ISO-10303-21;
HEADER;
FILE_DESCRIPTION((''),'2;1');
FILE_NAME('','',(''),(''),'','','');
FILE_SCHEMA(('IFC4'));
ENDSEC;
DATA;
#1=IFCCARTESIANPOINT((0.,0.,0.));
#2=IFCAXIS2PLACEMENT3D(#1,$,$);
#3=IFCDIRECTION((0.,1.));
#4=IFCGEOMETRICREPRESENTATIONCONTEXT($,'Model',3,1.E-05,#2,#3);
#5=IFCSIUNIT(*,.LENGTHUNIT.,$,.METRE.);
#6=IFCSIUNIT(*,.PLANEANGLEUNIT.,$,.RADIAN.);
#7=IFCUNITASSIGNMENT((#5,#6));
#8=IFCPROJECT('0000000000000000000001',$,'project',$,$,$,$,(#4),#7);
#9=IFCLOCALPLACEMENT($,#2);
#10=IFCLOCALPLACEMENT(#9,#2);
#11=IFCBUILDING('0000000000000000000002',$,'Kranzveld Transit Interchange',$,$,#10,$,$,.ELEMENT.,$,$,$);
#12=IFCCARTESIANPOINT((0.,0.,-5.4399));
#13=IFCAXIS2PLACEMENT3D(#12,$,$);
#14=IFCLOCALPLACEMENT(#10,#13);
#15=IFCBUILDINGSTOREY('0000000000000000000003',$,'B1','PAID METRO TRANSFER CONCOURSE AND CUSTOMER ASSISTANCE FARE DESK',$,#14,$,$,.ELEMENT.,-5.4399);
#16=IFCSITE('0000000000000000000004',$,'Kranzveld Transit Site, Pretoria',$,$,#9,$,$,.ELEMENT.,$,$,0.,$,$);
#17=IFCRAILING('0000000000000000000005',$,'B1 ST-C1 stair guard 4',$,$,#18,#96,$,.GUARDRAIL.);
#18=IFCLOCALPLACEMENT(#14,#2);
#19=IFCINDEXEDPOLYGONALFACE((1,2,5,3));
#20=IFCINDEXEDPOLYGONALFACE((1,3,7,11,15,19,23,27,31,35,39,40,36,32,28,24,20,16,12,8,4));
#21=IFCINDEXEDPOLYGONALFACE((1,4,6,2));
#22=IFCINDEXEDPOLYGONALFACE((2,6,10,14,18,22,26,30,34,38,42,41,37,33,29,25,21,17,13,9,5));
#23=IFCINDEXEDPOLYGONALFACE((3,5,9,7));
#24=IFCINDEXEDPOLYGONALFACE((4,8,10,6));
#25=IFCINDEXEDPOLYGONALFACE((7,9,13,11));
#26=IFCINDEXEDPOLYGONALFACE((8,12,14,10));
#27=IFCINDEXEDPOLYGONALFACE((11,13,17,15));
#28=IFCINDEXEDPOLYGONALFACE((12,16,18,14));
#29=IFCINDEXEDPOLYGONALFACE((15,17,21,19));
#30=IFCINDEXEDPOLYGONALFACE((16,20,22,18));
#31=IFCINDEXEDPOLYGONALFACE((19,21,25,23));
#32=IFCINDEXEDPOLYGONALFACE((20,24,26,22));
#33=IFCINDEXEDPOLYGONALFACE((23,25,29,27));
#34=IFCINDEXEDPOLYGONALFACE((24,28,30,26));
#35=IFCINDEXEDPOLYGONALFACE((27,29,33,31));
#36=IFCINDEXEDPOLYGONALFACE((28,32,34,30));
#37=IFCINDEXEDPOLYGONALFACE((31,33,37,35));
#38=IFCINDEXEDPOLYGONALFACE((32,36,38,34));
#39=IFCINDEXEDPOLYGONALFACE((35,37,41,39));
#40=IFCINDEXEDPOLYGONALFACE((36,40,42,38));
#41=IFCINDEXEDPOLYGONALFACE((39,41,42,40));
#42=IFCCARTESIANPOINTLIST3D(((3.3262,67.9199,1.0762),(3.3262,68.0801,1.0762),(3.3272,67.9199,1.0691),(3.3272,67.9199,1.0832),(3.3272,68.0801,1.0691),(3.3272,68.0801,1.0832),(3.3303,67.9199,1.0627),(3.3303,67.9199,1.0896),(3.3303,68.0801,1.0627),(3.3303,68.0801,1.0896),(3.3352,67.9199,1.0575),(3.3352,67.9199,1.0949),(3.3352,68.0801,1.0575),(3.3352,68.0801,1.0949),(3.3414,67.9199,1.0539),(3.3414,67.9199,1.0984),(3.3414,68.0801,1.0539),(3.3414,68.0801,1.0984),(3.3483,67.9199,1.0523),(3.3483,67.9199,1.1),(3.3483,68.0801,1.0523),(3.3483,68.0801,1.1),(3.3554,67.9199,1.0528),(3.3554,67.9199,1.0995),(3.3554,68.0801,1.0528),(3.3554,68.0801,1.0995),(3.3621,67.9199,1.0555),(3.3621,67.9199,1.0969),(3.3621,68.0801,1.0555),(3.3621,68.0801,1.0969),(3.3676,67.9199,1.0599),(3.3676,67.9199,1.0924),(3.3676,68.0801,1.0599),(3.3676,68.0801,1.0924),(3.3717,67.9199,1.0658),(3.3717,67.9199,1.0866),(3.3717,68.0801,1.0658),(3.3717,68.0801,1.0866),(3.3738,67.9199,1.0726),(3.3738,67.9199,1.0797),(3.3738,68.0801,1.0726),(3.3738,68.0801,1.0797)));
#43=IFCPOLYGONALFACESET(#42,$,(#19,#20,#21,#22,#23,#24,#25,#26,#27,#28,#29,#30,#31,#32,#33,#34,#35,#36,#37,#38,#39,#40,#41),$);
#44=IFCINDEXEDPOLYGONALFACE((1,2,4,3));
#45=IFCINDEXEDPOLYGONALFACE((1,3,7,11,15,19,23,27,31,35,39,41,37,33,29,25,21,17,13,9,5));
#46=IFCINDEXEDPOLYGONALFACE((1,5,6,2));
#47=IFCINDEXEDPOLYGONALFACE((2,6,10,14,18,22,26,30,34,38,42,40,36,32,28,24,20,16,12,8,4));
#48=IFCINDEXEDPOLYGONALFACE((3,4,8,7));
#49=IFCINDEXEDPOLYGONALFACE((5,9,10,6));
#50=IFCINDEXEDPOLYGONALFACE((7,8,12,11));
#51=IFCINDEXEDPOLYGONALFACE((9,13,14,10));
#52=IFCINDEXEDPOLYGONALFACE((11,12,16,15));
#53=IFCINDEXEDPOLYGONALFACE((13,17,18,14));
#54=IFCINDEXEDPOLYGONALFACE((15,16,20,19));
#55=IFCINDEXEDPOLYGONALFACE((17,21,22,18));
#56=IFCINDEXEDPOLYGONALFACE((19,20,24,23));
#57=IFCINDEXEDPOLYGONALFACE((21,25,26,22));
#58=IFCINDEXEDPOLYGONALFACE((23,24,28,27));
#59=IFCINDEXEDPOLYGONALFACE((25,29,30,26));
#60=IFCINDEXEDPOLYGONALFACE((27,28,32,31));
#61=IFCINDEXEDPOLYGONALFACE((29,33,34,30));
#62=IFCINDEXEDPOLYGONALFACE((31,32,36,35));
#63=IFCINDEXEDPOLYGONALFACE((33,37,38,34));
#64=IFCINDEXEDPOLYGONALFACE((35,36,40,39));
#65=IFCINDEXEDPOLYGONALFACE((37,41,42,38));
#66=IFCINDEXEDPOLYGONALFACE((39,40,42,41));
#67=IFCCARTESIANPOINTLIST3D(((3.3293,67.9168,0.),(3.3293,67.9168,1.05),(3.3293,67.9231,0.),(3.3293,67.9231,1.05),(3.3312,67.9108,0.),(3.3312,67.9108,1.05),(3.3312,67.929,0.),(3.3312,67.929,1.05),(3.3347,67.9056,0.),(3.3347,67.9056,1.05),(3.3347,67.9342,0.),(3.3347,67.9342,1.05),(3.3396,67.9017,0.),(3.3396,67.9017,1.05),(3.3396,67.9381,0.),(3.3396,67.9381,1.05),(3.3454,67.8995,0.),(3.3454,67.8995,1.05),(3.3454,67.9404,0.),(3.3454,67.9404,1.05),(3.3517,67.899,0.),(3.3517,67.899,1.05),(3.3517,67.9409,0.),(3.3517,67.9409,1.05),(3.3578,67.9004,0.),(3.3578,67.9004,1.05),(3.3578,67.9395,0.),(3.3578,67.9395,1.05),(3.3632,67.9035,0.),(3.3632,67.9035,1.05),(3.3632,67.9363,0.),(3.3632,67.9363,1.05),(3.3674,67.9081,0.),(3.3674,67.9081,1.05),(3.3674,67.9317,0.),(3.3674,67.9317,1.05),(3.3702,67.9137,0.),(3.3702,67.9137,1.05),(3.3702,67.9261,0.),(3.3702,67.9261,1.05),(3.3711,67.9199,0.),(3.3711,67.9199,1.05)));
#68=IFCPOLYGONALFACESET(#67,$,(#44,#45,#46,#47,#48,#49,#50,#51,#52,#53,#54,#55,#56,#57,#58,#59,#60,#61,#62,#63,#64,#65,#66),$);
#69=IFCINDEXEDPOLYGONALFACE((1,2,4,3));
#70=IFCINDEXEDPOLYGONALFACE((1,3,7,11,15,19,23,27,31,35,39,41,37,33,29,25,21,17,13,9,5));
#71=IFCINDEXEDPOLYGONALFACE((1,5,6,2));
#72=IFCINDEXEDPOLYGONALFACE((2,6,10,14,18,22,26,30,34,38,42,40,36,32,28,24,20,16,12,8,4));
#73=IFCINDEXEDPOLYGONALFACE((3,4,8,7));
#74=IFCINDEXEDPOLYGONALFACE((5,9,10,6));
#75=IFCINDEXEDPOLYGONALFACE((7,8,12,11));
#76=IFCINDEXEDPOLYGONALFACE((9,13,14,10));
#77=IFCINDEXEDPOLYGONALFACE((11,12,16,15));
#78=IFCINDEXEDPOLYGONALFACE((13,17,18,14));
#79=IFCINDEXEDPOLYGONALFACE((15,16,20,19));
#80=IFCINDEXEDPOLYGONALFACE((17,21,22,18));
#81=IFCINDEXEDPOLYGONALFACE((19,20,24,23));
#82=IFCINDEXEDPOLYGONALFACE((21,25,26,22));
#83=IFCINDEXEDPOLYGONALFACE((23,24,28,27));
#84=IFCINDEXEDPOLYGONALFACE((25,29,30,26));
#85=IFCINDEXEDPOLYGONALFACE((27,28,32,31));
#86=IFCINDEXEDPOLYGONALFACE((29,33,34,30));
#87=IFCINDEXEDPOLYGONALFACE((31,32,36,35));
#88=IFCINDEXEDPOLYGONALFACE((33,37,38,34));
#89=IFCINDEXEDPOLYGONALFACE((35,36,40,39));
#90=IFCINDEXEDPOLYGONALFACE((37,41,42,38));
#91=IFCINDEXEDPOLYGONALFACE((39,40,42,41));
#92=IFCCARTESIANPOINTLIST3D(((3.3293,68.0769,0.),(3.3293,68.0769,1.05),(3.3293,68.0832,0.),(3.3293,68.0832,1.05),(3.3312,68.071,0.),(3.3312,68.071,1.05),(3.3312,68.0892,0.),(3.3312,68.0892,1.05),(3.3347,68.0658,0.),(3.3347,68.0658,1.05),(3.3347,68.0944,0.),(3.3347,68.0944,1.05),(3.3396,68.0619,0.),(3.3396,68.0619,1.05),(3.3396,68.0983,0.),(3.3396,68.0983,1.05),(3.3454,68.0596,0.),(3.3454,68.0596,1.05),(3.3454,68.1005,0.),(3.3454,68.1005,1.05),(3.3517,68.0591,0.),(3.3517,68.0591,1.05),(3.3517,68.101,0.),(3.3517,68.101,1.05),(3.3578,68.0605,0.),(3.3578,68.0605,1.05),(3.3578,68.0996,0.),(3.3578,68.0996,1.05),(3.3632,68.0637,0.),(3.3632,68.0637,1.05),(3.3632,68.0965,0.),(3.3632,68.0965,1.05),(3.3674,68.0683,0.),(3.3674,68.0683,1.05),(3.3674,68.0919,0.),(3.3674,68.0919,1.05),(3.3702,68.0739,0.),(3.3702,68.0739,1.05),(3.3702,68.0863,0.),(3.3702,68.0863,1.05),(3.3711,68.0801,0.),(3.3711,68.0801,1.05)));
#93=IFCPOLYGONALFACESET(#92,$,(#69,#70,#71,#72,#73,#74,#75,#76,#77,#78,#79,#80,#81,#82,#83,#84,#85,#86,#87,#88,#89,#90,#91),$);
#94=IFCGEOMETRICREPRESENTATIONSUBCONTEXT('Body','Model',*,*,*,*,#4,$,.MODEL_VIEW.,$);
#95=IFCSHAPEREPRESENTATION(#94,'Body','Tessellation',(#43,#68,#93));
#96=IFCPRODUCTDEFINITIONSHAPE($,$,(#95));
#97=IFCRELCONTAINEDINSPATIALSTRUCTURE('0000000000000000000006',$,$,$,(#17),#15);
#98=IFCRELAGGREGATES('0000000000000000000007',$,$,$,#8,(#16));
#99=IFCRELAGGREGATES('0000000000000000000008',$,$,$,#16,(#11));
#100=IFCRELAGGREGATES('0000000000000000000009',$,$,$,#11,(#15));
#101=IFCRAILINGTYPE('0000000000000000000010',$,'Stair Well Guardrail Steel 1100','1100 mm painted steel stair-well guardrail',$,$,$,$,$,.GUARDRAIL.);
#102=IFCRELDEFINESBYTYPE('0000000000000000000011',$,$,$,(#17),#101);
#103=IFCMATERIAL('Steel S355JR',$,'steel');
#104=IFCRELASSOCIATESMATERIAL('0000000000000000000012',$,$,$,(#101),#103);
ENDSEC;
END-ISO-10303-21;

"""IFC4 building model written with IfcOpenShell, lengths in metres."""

from ifc_helpers import new_model, si_unit, direction, frame, origin, origin_2d, place, context, subcontext, project, spatial, circle, extrude, material, type_object, element, save


model = new_model("IFC4")

# Units and contexts
model_context = context("Model", 3, precision=1e-05, world=origin(), true_north=direction((0.0, 1.0)))
body_context = subcontext(model_context, "Body", "Model", "MODEL_VIEW")
ifc_project = project(units=[si_unit("LENGTHUNIT", "METRE"), si_unit("PLANEANGLEUNIT", "RADIAN")], contexts=[model_context])

# Site, building, storey
site_placement = place(None, origin())
site = spatial("IfcSite", under=ifc_project, at=site_placement, Name="Kranzveld Transit Site, Pretoria", CompositionType="ELEMENT", RefElevation=0.0)
building_placement = place(site_placement, origin())
building = spatial("IfcBuilding", under=site, at=building_placement, Name="Kranzveld Transit Interchange", CompositionType="ELEMENT")
storey_placement = place(building_placement, frame((0.0, 0.0, -5.4399)))
storey = spatial("IfcBuildingStorey", under=building, at=storey_placement, Name="B1", Description="PAID METRO TRANSFER CONCOURSE AND CUSTOMER ASSISTANCE FARE DESK", CompositionType="ELEMENT", Elevation=-5.4399)

# Railing
ifc_material_1 = material(Name="Steel S355JR", Category="steel")
railing_type_1 = type_object("IfcRailingType", Name="Stair Well Guardrail Steel 1100", Description="1100 mm painted steel stair-well guardrail", PredefinedType="GUARDRAIL", material=ifc_material_1)
railing_1_placement = place(storey_placement, frame((3.3501, 67.9199, 0.0)))
element("IfcRailing", 1, at=railing_1_placement, inside=storey, type_object=railing_type_1, Name="B1 ST-C1 stair guard 4", PredefinedType="GUARDRAIL", context=body_context, shape_type="SweptSolid", body=[
    extrude(circle(Radius=0.0239, at=origin_2d()), frame((0.0, 0.0, 1.0762), z_axis=(0.0, 1.0, 0.0), x_axis=(-1.0, 0.0, 0.0)), (0.0, 0.0, 1.0), 0.1602),
    extrude(circle(Radius=0.021, at=origin_2d()), origin(), (0.0, 0.0, 1.0), 1.05),
    extrude(circle(Radius=0.021, at=origin_2d()), frame((0.0, 0.1602, 0.0)), (0.0, 0.0, 1.0), 1.05),
])

save(model, "model.ifc")
